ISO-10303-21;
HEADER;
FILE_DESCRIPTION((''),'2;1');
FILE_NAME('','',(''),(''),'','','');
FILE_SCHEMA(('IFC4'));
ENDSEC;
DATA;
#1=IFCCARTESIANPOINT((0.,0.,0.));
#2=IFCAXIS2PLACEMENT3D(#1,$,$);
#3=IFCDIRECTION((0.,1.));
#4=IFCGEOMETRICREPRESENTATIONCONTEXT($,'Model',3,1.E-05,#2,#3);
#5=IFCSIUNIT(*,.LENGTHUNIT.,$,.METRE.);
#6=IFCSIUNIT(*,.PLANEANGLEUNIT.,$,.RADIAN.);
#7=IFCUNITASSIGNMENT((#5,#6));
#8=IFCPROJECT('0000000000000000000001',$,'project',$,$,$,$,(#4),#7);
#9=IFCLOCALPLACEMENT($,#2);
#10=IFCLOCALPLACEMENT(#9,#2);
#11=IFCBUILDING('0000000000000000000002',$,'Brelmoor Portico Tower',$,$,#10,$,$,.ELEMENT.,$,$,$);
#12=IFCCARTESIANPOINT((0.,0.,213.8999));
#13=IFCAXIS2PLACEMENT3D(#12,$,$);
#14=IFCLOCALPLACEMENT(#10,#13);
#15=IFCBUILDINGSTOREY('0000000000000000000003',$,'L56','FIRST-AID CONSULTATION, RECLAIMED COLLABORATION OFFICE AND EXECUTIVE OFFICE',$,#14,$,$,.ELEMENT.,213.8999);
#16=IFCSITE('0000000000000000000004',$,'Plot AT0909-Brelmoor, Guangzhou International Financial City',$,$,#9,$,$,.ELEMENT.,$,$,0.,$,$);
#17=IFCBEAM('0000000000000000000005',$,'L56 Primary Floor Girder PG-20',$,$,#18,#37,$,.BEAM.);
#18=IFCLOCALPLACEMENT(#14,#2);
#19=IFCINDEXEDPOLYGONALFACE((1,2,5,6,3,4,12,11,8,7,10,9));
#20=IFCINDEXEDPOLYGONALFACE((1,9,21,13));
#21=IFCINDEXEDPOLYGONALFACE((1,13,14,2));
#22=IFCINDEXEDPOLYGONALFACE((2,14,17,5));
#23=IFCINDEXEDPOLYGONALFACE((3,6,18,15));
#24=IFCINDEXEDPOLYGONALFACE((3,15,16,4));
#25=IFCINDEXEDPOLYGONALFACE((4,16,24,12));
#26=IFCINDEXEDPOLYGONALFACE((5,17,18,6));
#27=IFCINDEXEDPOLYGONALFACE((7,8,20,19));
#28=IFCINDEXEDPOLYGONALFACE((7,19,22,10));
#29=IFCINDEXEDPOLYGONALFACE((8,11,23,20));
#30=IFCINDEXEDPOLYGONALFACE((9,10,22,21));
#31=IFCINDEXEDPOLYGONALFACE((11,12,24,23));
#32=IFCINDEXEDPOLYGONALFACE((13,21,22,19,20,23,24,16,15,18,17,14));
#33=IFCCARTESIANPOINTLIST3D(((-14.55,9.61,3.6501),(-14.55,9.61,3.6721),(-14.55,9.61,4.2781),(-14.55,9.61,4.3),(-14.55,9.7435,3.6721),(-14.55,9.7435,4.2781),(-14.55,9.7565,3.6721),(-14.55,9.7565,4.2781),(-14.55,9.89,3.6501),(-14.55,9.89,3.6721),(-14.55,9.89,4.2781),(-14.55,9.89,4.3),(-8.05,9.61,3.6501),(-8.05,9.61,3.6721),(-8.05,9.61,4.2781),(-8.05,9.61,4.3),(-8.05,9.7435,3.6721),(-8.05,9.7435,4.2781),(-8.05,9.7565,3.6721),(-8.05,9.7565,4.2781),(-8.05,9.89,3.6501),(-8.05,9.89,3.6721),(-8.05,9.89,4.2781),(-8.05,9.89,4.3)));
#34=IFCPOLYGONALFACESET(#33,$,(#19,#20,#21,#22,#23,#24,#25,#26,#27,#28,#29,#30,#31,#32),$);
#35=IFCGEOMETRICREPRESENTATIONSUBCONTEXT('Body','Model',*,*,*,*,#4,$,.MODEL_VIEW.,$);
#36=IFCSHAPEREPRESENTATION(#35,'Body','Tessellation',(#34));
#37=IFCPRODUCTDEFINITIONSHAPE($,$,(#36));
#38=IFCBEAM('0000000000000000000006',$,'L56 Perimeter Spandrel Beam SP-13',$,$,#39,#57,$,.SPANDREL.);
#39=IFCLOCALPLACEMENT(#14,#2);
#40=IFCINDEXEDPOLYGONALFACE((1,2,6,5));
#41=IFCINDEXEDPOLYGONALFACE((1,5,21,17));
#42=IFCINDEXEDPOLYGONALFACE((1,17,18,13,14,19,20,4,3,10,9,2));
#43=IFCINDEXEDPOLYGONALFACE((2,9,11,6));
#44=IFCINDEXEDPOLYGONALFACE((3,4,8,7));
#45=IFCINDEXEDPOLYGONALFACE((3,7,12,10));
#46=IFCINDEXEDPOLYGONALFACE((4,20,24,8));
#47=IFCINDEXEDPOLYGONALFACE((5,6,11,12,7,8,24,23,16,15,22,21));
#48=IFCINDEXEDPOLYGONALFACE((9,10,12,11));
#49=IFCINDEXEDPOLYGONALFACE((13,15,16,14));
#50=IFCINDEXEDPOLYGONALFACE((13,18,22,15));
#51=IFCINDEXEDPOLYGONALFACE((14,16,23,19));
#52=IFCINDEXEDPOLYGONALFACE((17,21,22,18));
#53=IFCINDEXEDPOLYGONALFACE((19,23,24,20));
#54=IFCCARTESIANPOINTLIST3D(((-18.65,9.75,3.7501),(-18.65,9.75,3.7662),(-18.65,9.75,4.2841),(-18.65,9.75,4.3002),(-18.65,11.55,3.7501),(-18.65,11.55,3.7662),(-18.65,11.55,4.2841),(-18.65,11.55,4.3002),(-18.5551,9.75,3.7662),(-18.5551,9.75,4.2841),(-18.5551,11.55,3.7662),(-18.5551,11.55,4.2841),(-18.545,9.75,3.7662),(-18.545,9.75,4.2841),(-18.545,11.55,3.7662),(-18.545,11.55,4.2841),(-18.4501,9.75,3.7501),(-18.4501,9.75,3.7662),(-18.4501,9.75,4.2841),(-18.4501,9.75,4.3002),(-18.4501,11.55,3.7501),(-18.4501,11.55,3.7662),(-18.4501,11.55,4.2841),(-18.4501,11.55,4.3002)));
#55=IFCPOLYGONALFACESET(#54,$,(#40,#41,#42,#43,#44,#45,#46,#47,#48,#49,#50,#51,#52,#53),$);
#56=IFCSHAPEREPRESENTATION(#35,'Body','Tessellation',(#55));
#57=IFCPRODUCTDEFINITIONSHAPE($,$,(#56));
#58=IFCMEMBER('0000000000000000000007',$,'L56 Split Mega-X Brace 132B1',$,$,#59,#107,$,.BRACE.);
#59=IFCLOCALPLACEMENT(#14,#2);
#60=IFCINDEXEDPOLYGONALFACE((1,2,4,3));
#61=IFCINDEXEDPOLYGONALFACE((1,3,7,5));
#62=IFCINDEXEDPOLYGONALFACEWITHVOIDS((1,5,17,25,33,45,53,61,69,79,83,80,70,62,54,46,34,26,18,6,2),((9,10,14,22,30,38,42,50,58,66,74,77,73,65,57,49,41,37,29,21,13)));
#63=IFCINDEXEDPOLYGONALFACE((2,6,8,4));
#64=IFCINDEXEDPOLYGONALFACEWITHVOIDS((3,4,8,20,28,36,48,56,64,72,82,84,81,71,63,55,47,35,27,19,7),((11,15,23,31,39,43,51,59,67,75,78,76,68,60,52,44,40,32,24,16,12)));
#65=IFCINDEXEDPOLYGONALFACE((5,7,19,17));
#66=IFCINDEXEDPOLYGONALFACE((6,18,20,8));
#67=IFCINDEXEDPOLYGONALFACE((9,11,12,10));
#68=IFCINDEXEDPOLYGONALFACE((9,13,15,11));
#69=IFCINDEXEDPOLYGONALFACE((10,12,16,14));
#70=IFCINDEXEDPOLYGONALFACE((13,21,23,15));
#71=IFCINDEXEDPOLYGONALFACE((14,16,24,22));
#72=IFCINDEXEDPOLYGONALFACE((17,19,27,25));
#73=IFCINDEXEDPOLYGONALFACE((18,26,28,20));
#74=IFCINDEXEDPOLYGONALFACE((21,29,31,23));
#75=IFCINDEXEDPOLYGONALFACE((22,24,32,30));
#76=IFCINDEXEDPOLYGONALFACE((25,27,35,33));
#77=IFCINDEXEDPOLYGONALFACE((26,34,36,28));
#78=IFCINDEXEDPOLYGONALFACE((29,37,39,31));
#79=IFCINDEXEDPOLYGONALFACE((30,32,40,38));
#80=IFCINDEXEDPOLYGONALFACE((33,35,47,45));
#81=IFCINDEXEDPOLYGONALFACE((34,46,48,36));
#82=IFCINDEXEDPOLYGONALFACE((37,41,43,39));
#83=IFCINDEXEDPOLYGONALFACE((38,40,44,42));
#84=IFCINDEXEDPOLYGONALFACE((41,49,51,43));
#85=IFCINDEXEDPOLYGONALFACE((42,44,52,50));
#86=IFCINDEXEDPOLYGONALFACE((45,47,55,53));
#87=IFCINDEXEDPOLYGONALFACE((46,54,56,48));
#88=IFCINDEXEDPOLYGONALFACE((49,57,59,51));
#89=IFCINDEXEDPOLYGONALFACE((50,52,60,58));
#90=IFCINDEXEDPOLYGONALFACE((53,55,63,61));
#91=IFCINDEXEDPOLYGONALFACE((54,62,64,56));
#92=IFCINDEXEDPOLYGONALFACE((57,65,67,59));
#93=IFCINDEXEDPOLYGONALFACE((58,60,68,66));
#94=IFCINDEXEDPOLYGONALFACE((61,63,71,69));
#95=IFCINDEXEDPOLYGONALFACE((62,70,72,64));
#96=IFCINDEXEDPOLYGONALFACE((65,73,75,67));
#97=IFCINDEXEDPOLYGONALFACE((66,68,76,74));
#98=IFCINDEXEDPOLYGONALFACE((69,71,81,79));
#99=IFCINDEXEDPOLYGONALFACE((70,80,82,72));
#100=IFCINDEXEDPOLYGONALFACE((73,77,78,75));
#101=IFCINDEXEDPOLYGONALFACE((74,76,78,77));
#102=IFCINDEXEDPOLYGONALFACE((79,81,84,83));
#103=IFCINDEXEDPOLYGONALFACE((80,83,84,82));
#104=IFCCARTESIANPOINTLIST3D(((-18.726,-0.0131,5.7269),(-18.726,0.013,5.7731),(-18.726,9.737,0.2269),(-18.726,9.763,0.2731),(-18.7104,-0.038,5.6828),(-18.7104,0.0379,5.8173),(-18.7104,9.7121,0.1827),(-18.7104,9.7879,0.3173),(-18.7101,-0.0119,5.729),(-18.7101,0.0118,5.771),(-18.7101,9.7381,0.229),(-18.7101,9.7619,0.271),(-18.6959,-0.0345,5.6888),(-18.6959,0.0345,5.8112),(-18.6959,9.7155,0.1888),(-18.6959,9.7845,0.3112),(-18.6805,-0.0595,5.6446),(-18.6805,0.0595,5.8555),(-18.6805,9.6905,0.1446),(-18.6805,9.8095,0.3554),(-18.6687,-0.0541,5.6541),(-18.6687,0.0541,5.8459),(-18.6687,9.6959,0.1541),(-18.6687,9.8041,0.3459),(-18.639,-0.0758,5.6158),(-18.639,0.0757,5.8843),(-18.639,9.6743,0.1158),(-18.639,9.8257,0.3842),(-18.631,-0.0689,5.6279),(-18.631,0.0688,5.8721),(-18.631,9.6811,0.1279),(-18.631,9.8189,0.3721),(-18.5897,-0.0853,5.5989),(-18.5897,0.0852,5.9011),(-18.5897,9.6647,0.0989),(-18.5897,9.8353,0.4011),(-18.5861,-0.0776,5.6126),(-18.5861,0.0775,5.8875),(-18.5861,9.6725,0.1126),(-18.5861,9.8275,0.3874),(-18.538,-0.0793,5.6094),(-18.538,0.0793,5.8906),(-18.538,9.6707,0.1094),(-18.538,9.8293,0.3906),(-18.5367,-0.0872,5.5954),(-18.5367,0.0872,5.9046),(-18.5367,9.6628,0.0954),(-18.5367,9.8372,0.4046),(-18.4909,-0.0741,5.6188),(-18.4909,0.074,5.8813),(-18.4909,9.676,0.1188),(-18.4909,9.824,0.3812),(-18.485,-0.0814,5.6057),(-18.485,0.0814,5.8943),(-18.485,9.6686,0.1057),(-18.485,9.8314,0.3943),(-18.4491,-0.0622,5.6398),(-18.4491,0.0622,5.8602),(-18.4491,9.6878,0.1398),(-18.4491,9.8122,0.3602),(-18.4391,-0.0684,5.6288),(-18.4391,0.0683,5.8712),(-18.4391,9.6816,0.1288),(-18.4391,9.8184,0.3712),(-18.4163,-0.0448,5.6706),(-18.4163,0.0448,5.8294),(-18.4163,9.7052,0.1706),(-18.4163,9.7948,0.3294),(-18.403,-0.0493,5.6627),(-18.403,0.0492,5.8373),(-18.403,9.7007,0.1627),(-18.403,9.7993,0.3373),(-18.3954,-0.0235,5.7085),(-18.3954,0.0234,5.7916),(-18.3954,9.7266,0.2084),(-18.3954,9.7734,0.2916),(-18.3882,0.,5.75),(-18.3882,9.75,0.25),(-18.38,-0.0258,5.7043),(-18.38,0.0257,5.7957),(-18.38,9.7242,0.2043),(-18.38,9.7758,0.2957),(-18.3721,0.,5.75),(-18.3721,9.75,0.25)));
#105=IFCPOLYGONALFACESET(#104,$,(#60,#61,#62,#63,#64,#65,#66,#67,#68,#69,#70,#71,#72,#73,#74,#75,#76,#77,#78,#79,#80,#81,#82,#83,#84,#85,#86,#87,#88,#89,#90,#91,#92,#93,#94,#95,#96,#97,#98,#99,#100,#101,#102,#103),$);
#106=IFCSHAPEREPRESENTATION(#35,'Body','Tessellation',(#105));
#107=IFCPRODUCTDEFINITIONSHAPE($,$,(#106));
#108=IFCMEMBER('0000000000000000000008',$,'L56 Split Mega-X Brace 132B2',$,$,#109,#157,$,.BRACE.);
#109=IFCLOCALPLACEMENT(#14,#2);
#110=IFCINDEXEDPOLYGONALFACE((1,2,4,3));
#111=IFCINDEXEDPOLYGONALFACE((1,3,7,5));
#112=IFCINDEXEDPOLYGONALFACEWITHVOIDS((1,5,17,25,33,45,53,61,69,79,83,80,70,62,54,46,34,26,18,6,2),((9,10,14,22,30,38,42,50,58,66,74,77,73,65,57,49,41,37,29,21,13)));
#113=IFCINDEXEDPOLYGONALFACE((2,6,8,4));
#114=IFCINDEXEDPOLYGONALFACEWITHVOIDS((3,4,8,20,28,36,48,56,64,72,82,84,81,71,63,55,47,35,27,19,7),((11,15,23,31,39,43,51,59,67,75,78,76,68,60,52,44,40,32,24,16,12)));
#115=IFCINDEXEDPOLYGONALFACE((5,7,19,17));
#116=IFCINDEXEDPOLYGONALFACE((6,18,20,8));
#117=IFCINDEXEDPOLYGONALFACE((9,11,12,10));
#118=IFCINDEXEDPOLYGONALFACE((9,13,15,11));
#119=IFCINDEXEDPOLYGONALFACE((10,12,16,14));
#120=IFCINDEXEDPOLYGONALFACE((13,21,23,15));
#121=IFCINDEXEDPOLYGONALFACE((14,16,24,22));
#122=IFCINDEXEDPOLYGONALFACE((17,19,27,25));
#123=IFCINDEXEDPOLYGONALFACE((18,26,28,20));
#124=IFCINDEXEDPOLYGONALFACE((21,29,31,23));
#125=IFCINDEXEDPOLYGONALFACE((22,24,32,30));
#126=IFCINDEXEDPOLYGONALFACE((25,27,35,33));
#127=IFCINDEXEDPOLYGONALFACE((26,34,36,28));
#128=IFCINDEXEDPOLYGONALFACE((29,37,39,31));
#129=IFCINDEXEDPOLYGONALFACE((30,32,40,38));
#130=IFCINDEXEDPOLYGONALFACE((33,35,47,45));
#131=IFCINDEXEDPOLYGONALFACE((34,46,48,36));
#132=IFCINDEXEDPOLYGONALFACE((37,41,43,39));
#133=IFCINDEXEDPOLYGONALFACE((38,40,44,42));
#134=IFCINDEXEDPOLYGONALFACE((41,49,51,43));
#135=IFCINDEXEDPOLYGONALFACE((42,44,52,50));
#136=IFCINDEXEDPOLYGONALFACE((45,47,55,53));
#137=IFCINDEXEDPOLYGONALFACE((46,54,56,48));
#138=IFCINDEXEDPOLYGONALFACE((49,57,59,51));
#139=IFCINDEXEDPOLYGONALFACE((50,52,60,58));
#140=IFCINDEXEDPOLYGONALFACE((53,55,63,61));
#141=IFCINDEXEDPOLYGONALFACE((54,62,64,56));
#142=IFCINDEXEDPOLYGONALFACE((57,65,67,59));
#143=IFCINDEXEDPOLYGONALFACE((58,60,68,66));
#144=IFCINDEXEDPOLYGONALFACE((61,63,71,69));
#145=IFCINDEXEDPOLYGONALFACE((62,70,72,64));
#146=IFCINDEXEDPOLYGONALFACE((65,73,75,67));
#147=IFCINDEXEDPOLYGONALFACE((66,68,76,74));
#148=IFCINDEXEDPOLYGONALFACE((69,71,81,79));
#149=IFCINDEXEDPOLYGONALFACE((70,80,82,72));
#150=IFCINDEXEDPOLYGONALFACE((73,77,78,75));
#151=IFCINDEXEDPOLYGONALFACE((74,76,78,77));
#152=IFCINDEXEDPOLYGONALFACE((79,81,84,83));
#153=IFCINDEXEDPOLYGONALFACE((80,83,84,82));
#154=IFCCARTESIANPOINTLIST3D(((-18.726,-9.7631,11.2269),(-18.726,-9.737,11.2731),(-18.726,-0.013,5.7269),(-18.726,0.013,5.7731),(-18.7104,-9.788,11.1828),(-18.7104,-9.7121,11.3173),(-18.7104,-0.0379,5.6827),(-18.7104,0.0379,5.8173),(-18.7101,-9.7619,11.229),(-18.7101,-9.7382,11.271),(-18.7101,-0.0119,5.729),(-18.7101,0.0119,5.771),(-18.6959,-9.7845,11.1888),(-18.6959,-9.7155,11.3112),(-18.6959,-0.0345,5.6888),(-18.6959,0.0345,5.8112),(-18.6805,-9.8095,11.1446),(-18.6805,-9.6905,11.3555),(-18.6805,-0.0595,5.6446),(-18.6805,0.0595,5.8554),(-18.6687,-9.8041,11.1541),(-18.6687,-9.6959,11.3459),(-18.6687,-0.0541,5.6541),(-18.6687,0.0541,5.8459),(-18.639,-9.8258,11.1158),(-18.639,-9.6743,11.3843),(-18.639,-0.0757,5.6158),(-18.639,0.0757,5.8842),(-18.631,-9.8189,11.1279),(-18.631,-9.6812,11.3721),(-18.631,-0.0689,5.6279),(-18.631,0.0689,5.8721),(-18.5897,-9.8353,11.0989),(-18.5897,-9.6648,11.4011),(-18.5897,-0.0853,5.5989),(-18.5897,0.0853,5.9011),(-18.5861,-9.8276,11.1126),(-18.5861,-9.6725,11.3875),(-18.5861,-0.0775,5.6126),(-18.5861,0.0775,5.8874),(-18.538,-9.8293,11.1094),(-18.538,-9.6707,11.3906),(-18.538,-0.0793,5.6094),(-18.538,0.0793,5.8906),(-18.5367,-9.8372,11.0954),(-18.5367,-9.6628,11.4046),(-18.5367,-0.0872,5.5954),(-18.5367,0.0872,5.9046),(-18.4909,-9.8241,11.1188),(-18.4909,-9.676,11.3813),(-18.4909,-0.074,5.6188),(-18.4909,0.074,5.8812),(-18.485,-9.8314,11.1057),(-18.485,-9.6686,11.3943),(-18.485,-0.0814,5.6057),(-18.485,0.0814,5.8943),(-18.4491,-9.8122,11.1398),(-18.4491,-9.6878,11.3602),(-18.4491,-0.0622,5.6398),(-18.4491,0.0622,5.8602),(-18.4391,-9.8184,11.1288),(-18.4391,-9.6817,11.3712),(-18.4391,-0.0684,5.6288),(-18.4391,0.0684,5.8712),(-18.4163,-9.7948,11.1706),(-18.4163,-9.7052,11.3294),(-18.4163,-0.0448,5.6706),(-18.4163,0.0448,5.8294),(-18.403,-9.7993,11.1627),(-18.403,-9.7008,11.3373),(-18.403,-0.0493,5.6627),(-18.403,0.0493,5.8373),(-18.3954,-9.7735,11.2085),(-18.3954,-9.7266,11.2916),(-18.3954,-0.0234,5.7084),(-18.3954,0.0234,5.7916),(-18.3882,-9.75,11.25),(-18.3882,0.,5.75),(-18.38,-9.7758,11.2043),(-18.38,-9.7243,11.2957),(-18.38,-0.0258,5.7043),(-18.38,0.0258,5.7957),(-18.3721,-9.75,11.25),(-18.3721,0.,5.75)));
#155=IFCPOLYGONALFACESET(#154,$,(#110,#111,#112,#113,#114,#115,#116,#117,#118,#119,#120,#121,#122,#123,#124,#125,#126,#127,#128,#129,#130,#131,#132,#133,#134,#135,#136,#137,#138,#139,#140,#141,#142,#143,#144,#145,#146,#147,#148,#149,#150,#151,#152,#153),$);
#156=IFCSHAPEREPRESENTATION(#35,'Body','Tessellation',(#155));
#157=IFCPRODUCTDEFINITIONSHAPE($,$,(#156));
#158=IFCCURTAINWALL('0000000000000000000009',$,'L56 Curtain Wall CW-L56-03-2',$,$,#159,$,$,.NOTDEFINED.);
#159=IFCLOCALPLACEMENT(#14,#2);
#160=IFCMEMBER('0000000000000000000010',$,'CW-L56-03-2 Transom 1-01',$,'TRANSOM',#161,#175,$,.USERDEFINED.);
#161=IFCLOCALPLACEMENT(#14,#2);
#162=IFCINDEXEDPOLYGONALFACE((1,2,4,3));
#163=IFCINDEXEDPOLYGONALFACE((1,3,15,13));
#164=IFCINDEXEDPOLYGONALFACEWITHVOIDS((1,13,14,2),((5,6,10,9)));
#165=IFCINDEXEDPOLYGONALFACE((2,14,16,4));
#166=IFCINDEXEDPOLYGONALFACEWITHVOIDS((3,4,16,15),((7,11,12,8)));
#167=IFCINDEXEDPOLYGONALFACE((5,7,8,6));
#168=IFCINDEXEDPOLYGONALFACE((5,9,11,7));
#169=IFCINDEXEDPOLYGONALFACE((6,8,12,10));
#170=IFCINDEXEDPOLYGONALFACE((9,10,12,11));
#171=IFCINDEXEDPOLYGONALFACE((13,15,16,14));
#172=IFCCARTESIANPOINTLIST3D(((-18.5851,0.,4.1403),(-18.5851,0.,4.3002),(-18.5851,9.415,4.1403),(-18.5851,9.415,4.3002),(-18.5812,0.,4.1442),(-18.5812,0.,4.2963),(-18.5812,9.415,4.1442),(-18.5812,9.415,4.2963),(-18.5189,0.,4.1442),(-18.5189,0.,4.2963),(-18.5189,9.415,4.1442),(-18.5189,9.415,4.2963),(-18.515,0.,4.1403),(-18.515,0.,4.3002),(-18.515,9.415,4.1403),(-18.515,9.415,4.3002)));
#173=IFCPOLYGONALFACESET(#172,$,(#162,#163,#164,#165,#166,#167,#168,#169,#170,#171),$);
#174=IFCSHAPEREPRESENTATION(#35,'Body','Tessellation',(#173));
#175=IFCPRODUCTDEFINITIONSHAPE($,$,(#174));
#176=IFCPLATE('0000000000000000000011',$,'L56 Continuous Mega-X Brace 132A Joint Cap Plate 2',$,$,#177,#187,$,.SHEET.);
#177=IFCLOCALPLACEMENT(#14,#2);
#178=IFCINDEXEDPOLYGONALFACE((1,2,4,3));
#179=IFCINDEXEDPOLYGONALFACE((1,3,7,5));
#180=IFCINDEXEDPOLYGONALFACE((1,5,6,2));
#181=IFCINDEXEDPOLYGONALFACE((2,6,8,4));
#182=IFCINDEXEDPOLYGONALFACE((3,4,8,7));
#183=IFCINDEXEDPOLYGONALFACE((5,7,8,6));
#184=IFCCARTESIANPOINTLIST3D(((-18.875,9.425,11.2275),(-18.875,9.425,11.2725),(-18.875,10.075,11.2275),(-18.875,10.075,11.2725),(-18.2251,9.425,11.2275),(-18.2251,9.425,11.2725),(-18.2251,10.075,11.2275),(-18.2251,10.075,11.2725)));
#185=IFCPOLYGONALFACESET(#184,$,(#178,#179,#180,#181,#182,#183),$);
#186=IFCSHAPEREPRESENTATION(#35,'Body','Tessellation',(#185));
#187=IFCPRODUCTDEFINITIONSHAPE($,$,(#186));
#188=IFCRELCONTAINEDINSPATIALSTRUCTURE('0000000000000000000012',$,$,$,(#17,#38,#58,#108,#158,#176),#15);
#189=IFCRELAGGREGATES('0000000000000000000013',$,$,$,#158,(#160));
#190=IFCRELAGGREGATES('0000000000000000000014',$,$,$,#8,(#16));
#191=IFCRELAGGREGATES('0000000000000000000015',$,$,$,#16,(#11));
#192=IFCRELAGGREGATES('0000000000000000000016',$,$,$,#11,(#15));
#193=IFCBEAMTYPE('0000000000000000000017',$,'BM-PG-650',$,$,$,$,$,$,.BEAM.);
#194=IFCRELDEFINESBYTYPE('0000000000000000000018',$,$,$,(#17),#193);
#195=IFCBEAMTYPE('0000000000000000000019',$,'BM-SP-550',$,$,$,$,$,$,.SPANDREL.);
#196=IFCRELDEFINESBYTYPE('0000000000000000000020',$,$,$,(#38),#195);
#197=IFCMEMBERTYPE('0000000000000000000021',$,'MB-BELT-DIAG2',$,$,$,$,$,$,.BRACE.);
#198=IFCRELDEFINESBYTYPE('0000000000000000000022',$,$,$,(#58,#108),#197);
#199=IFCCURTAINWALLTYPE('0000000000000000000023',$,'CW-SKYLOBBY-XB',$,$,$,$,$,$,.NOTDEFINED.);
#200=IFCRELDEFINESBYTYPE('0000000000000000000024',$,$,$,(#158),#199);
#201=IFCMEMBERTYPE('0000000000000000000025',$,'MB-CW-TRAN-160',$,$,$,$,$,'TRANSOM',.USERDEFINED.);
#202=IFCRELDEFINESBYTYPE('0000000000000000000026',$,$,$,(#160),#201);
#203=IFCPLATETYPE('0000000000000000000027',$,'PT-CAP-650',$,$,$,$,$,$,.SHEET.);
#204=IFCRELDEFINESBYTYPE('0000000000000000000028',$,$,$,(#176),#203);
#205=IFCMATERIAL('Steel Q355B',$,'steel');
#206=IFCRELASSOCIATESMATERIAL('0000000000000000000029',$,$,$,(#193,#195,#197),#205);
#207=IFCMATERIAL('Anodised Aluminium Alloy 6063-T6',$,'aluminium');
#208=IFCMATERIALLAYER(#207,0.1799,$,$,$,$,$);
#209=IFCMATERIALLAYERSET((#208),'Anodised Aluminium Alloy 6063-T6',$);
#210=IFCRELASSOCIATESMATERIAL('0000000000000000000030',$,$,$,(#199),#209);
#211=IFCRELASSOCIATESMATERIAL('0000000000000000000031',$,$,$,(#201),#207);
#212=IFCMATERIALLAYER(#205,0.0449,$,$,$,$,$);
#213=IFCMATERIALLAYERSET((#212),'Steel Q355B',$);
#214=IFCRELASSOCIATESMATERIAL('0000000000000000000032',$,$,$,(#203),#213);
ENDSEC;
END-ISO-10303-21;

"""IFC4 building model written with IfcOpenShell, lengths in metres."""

from ifc_helpers import new_model, si_unit, direction, frame, origin, origin_2d, place, context, subcontext, project, spatial, rectangle, hollow_rectangle, hollow_circle, i_section, extrude, material, layer, layer_set, material_profile, profile_set, type_object, element, aggregate, save


model = new_model("IFC4")

# Units and contexts
model_context = context("Model", 3, precision=1e-05, world=origin(), true_north=direction((0.0, 1.0)))
body_context = subcontext(model_context, "Body", "Model", "MODEL_VIEW")
ifc_project = project(units=[si_unit("LENGTHUNIT", "METRE"), si_unit("PLANEANGLEUNIT", "RADIAN")], contexts=[model_context])

# Site, building, storey
site_placement = place(None, origin())
site = spatial("IfcSite", under=ifc_project, at=site_placement, Name="Plot AT0909-Brelmoor, Guangzhou International Financial City", CompositionType="ELEMENT", RefElevation=0.0)
building_placement = place(site_placement, origin())
building = spatial("IfcBuilding", under=site, at=building_placement, Name="Brelmoor Portico Tower", CompositionType="ELEMENT")
storey_placement = place(building_placement, frame((0.0, 0.0, 213.8999)))
storey = spatial("IfcBuildingStorey", under=building, at=storey_placement, Name="L56", Description="FIRST-AID CONSULTATION, RECLAIMED COLLABORATION OFFICE AND EXECUTIVE OFFICE", CompositionType="ELEMENT", Elevation=213.8999)

# Beams
ifc_material_1 = material(Name="Steel Q355B", Category="steel")
ifc_material_profile_1 = material_profile(ifc_material_1, i_section(OverallWidth=0.28, OverallDepth=0.6499, WebThickness=0.0129, FlangeThickness=0.022, at=origin_2d()), Name="HN 650x280x13x22")
ifc_profile_set_1 = profile_set([ifc_material_profile_1], Name="Steel Q355B")
beam_type_1 = type_object("IfcBeamType", Name="BM-PG-650", PredefinedType="BEAM", material=ifc_profile_set_1)
beam_1_placement = place(storey_placement, frame((-14.55, 9.75, 3.9751), z_axis=(1.0, 0.0, 0.0), x_axis=(0.0, 1.0, 0.0)))
element("IfcBeam", 1, at=beam_1_placement, inside=storey, type_object=beam_type_1, Name="L56 Primary Floor Girder PG-20", PredefinedType="BEAM", context=body_context, shape_type="SweptSolid", body=[
    extrude(i_section(OverallWidth=0.28, OverallDepth=0.6499, WebThickness=0.0129, FlangeThickness=0.022, at=origin_2d()), origin(), (0.0, 0.0, 1.0), 6.5),
])
ifc_material_profile_2 = material_profile(ifc_material_1, i_section(OverallWidth=0.2, OverallDepth=0.55, WebThickness=0.01, FlangeThickness=0.0161, at=origin_2d()), Name="HN 550x200x10x16")
ifc_profile_set_2 = profile_set([ifc_material_profile_2], Name="Steel Q355B")
beam_type_2 = type_object("IfcBeamType", Name="BM-SP-550", PredefinedType="SPANDREL", material=ifc_profile_set_2)
beam_2_placement = place(storey_placement, frame((-18.55, 9.75, 4.0251), z_axis=(0.0, 1.0, 0.0), x_axis=(-1.0, 0.0, 0.0)))
element("IfcBeam", 2, at=beam_2_placement, inside=storey, type_object=beam_type_2, Name="L56 Perimeter Spandrel Beam SP-13", PredefinedType="SPANDREL", context=body_context, shape_type="SweptSolid", body=[
    extrude(i_section(OverallWidth=0.2, OverallDepth=0.55, WebThickness=0.01, FlangeThickness=0.0161, at=origin_2d()), origin(), (0.0, 0.0, 1.0), 1.8),
])

# Members
ifc_material_profile_3 = material_profile(ifc_material_1, hollow_circle(Radius=0.178, WallThickness=0.0161, at=origin_2d()), Name="CHS 356x16")
ifc_profile_set_3 = profile_set([ifc_material_profile_3], Name="Steel Q355B")
member_type_1 = type_object("IfcMemberType", Name="MB-BELT-DIAG2", PredefinedType="BRACE", material=ifc_profile_set_3)
for number, where, z_axis, x_axis, name in (
    (3, (-18.55, 9.75, 0.25), (0.0, -0.870978, 0.491321), (1.0, 0.0, 0.0), "L56 Split Mega-X Brace 132B1"),
    (4, (-18.55, 0.0, 5.75), (0.0, -0.870978, 0.491321), (1.0, 0.0, 0.0), "L56 Split Mega-X Brace 132B2"),
):
    element("IfcMember", number, at=place(storey_placement, frame(where, z_axis=z_axis, x_axis=x_axis)), inside=storey, type_object=member_type_1, Name=name, PredefinedType="BRACE", context=body_context, shape_type="SweptSolid", body=[
        extrude(hollow_circle(Radius=0.178, WallThickness=0.0161, at=origin_2d()), origin(), (0.0, 0.0, 1.0), 11.1943),
    ])

# Curtain wall, member
ifc_material_2 = material(Name="Anodised Aluminium Alloy 6063-T6", Category="aluminium")
ifc_layer_1 = layer(ifc_material_2, 0.1799)
ifc_layer_set_1 = layer_set([ifc_layer_1], Name="Anodised Aluminium Alloy 6063-T6")
curtain_wall_type = type_object("IfcCurtainWallType", Name="CW-SKYLOBBY-XB", PredefinedType="NOTDEFINED", material=ifc_layer_set_1)
curtain_wall_placement = place(storey_placement, origin())
curtain_wall = element("IfcCurtainWall", 5, at=curtain_wall_placement, inside=storey, type_object=curtain_wall_type, Name="L56 Curtain Wall CW-L56-03-2", PredefinedType="NOTDEFINED")
ifc_material_profile_4 = material_profile(ifc_material_2, hollow_rectangle(XDim=0.0701, YDim=0.1599, WallThickness=0.0039, at=origin_2d()), Name="ALU TRANSOM 70x160")
ifc_profile_set_4 = profile_set([ifc_material_profile_4], Name="Anodised Aluminium Alloy 6063-T6")
member_type_2 = type_object("IfcMemberType", Name="MB-CW-TRAN-160", ElementType="TRANSOM", PredefinedType="USERDEFINED", material=ifc_profile_set_4)
member_placement = place(storey_placement, frame((-18.55, 0.0, 4.2202), z_axis=(0.0, 1.0, 0.0), x_axis=(-1.0, 0.0, 0.0)))
member = element("IfcMember", 6, at=member_placement, type_object=member_type_2, Name="CW-L56-03-2 Transom 1-01", ObjectType="TRANSOM", PredefinedType="USERDEFINED", context=body_context, shape_type="SweptSolid", body=[
    extrude(hollow_rectangle(XDim=0.0701, YDim=0.1599, WallThickness=0.0039, at=origin_2d()), origin(), (0.0, 0.0, 1.0), 9.415),
])
aggregate(curtain_wall, [member])

# Plate
ifc_layer_2 = layer(ifc_material_1, 0.0449)
ifc_layer_set_2 = layer_set([ifc_layer_2], Name="Steel Q355B")
plate_type_1 = type_object("IfcPlateType", Name="PT-CAP-650", PredefinedType="SHEET", material=ifc_layer_set_2)
for number, where, z_axis, x_axis, name in (
    (7, (-18.55, 9.75, 11.2275), (0.0, 0.0, 1.0), (1.0, 0.0, 0.0), "L56 Continuous Mega-X Brace 132A Joint Cap Plate 2"),
):
    element("IfcPlate", number, at=place(storey_placement, frame(where, z_axis=z_axis, x_axis=x_axis)), inside=storey, type_object=plate_type_1, Name=name, PredefinedType="SHEET", context=body_context, shape_type="SweptSolid", body=[
        extrude(rectangle(XDim=0.6499, YDim=0.6499, at=origin_2d()), origin(), (0.0, 0.0, 1.0), 0.0449),
    ])

save(model, "model.ifc")
